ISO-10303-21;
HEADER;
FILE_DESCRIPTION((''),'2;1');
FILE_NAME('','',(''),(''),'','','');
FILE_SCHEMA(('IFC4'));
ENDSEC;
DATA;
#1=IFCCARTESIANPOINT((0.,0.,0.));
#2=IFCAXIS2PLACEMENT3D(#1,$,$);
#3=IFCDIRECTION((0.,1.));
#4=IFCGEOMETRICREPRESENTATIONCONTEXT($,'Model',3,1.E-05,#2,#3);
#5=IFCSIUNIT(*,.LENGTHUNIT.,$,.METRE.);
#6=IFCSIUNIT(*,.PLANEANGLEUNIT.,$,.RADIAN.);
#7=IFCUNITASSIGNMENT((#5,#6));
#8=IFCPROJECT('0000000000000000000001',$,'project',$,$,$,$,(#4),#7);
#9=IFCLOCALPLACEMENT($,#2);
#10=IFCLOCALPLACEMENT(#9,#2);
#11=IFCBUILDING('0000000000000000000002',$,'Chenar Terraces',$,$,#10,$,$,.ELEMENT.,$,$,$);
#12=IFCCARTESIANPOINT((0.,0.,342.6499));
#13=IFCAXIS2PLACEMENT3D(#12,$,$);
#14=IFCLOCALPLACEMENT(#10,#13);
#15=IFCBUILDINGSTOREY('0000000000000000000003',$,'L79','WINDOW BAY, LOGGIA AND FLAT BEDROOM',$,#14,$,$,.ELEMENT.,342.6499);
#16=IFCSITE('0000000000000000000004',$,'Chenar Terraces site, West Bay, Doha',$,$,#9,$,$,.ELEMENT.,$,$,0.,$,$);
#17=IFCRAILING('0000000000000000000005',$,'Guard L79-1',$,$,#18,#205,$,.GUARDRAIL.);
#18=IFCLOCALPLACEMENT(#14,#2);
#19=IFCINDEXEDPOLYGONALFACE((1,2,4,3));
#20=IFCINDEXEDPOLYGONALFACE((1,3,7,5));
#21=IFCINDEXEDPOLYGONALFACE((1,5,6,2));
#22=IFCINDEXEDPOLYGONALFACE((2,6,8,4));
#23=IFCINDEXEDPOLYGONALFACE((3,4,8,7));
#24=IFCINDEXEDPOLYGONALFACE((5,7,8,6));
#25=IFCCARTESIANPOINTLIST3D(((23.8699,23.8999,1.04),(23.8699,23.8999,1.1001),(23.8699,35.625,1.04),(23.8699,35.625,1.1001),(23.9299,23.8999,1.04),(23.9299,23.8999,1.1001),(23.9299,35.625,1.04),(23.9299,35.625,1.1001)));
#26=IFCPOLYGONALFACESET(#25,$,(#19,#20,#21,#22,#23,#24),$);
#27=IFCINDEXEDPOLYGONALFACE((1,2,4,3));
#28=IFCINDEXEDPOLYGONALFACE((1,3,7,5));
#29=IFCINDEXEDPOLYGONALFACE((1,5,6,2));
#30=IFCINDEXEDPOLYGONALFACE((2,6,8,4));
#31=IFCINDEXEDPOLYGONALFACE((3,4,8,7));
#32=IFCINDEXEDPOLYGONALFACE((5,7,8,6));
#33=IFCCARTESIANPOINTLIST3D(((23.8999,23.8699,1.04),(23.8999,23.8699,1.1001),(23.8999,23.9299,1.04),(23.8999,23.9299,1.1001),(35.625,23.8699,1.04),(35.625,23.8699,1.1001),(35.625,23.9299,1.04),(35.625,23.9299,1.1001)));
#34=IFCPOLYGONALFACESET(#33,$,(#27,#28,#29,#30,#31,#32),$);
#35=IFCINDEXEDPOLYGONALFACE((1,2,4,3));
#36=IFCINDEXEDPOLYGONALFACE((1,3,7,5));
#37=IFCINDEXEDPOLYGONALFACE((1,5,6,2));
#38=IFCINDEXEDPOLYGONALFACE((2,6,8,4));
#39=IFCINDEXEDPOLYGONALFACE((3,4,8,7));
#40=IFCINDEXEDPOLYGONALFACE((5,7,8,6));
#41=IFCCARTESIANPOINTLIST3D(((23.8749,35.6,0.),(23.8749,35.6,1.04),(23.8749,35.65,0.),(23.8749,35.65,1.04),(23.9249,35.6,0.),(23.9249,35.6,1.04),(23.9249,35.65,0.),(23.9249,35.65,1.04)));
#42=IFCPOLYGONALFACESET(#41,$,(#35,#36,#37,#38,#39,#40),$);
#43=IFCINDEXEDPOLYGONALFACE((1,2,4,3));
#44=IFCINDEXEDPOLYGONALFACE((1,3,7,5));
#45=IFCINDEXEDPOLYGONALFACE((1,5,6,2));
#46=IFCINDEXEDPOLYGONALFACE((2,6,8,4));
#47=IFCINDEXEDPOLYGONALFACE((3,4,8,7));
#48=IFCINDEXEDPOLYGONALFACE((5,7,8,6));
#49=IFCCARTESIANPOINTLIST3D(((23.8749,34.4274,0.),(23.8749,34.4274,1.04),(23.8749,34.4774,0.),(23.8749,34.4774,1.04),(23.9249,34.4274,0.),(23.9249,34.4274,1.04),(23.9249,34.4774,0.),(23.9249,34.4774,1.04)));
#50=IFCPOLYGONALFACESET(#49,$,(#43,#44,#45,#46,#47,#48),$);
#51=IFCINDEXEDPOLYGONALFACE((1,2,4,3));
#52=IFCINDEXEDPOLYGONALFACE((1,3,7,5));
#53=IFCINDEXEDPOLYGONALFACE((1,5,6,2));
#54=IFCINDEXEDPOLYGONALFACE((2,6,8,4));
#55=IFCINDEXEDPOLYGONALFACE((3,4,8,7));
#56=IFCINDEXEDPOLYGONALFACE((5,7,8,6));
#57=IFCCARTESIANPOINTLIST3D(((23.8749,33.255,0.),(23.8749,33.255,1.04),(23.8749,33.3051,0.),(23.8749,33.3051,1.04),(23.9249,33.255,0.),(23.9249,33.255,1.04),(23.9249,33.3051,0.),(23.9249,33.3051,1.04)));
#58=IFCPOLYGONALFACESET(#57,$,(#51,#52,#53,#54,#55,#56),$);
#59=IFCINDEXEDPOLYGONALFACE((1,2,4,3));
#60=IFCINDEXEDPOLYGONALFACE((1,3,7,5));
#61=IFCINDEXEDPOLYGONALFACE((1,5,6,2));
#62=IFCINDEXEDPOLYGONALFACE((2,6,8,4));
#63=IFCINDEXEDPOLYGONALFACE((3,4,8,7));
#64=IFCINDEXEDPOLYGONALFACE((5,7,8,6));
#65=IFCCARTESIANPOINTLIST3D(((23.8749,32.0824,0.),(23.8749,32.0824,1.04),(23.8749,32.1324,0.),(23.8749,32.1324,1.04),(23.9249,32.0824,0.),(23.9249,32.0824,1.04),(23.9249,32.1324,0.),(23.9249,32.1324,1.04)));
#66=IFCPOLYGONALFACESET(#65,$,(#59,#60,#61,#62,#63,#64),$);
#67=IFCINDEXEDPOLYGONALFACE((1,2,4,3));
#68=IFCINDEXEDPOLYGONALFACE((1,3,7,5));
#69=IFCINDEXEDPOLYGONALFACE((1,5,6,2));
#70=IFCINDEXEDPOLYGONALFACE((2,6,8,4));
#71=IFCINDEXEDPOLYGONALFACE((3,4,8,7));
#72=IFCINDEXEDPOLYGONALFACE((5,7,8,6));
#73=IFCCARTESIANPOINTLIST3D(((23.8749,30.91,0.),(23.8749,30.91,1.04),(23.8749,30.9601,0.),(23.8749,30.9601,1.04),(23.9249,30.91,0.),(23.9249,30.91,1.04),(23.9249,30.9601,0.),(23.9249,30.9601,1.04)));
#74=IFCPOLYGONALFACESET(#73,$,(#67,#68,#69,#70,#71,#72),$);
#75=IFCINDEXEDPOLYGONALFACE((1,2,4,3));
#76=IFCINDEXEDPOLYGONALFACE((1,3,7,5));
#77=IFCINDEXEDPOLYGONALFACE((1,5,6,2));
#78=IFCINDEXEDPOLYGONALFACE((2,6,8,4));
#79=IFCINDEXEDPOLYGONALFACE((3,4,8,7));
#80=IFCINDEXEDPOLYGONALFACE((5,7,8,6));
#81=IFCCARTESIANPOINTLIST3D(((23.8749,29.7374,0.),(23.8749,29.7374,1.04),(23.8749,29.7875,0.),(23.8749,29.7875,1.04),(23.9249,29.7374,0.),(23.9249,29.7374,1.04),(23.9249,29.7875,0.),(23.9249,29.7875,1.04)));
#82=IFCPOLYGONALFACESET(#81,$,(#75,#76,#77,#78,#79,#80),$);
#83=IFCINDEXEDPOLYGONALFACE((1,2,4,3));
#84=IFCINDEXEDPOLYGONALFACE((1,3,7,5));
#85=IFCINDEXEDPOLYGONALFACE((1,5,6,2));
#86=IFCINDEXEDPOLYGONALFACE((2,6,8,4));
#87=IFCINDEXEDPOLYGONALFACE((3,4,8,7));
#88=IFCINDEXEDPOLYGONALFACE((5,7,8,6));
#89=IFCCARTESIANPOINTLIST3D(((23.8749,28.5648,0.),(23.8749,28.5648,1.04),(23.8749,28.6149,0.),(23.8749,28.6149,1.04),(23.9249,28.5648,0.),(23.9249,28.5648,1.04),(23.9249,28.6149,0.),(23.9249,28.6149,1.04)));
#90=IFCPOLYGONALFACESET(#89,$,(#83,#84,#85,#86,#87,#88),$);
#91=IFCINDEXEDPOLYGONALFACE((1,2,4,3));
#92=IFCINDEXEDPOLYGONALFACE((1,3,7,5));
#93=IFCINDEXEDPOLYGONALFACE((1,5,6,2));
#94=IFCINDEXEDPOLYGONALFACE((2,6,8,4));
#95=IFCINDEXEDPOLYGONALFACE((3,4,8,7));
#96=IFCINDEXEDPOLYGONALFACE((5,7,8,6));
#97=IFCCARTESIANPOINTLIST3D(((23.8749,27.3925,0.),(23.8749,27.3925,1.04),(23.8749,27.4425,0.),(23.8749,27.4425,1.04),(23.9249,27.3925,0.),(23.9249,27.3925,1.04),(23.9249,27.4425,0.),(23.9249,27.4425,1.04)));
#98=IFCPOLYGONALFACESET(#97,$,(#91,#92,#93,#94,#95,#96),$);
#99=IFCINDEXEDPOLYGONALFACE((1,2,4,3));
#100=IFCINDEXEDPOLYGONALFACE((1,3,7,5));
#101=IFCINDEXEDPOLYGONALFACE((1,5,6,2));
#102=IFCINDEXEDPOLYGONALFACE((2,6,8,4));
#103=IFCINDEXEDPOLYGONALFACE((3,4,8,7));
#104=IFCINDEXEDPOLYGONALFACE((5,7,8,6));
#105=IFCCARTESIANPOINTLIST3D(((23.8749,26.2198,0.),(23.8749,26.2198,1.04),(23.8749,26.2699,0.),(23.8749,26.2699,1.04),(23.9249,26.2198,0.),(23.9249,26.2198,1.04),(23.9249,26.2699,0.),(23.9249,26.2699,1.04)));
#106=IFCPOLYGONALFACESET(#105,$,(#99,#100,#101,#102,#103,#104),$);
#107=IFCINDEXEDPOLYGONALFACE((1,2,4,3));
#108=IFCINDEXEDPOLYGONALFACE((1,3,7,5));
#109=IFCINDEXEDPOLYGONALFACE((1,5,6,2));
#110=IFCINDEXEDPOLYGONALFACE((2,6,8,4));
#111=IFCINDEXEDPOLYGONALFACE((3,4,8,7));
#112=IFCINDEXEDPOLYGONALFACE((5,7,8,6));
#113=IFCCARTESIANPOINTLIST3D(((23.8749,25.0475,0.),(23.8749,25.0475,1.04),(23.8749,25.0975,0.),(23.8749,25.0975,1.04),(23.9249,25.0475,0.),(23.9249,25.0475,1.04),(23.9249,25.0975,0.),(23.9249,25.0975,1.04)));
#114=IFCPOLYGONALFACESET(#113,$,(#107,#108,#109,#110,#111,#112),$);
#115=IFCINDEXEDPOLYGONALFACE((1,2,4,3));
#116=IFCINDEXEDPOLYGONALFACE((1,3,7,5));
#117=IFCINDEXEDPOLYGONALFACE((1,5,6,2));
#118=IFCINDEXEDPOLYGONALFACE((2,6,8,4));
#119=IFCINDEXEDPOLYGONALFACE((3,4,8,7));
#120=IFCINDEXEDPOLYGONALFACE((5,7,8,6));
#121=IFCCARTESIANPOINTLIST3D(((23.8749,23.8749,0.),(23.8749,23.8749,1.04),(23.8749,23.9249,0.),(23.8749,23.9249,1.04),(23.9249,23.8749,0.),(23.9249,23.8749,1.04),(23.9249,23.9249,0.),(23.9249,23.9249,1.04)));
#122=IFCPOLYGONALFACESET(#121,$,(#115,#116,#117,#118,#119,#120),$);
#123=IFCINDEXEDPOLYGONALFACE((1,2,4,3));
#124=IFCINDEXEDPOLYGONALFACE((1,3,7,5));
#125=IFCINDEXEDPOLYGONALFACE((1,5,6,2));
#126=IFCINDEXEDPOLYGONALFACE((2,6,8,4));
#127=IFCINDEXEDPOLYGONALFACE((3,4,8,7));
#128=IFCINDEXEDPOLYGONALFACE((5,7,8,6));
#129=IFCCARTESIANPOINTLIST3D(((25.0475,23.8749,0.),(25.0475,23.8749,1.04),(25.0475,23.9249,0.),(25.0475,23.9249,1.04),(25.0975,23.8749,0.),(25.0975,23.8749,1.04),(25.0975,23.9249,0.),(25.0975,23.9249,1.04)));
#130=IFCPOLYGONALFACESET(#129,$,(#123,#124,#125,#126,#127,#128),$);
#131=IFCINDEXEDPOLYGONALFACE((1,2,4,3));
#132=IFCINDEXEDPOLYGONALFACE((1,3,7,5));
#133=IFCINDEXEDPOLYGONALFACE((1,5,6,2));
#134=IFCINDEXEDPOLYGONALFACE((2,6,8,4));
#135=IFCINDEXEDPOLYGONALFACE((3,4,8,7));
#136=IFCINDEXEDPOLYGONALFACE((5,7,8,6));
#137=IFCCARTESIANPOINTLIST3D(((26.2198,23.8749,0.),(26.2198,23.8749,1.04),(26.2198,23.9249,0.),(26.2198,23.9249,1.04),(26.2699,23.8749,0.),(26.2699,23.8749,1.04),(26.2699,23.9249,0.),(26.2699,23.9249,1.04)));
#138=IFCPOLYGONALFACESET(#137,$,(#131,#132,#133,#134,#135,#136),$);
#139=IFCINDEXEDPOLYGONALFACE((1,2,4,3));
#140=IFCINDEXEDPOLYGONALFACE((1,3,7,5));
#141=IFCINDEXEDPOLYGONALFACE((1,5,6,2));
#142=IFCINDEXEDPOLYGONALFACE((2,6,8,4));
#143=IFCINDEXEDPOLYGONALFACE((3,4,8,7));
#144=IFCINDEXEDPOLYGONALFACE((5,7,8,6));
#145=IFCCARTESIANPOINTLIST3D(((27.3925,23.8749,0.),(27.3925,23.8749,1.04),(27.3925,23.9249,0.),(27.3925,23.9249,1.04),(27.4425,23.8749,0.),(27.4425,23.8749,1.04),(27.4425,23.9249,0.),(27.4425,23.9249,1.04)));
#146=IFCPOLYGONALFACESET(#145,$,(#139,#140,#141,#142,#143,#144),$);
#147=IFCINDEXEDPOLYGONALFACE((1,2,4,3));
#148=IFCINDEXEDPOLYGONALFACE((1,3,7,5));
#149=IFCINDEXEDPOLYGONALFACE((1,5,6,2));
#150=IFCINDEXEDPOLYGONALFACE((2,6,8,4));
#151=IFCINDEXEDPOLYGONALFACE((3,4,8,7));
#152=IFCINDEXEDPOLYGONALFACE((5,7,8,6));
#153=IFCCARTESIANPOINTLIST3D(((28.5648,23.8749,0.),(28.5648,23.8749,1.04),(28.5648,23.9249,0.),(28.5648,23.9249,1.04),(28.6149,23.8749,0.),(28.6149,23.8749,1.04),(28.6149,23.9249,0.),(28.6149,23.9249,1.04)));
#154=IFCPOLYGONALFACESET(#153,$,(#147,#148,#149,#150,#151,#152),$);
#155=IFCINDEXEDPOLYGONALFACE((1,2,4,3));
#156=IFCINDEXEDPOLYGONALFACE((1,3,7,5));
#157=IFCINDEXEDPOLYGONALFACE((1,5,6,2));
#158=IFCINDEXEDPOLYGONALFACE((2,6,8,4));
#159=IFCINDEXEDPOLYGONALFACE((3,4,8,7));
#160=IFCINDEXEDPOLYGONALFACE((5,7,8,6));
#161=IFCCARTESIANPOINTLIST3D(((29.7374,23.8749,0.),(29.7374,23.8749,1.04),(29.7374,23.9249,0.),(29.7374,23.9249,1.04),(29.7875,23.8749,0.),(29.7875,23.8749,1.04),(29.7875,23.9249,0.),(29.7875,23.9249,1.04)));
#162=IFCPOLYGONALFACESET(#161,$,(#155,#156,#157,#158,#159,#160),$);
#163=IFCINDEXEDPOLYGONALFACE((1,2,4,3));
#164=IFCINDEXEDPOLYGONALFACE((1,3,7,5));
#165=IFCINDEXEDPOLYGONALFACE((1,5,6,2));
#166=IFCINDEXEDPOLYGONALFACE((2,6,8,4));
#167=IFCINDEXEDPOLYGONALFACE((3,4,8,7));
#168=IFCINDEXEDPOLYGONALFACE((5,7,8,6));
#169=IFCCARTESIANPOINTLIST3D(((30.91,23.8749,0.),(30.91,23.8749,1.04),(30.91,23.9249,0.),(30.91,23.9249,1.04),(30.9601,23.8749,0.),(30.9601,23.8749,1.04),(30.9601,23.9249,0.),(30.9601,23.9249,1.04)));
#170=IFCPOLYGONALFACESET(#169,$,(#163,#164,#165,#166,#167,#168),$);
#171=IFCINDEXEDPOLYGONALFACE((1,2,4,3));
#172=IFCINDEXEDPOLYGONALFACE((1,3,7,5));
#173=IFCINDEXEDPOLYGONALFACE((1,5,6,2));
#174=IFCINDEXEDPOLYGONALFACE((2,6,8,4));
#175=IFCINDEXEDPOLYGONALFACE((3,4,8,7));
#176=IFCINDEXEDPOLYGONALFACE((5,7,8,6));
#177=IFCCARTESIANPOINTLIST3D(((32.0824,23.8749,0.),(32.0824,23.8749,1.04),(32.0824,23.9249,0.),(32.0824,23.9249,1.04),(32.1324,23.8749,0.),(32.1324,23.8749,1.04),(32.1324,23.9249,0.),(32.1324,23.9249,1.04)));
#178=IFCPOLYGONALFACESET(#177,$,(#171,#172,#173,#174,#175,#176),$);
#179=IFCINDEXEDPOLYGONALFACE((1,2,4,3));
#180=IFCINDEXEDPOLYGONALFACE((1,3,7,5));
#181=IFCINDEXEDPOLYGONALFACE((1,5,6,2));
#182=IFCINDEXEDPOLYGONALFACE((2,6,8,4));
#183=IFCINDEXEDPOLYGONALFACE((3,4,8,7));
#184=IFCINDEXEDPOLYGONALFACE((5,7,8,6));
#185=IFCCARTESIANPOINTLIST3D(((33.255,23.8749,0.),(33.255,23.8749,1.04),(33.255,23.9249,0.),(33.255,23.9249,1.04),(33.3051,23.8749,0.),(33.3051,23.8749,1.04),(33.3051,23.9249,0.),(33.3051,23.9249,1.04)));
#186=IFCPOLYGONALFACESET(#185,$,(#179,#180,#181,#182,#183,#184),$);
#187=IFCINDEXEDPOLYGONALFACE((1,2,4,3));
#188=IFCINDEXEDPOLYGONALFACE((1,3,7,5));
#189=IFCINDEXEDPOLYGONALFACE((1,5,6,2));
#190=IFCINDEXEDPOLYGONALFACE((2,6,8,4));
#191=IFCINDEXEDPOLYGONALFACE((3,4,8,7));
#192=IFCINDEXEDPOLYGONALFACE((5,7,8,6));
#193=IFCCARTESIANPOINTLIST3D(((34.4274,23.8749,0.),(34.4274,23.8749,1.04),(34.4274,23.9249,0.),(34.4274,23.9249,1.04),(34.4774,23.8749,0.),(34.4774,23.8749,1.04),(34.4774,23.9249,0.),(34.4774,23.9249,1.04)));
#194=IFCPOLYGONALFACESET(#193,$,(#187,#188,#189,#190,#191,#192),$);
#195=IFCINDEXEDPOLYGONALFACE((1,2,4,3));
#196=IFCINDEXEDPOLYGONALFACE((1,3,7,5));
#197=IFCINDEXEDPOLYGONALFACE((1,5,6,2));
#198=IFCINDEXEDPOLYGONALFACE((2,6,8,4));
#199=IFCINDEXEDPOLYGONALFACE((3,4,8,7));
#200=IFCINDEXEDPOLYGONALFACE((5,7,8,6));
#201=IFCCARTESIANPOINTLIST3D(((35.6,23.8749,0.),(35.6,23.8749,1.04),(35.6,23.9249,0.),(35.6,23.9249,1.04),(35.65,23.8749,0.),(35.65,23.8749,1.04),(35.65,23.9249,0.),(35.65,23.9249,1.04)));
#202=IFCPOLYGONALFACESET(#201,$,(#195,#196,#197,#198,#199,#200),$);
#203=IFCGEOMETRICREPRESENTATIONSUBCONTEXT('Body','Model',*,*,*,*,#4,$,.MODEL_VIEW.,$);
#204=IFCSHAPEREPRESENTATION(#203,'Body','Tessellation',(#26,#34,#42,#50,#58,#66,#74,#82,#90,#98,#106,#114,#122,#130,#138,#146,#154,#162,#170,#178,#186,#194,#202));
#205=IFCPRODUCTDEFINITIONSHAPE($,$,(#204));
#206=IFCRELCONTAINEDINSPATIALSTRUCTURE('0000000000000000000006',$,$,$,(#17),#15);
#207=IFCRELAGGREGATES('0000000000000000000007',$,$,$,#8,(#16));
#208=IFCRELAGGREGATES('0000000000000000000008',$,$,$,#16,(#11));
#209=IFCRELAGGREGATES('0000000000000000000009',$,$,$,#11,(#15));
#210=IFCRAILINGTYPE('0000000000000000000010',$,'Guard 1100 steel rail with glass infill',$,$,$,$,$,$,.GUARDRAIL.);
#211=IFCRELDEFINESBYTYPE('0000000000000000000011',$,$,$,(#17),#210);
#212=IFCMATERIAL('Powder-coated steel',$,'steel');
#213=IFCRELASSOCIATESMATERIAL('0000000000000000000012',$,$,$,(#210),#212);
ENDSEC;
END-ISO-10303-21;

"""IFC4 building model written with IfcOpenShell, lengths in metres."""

from ifc_helpers import new_model, si_unit, direction, frame, origin, origin_2d, place, context, subcontext, project, spatial, rectangle, extrude, material, type_object, element, save


model = new_model("IFC4")

# Units and contexts
model_context = context("Model", 3, precision=1e-05, world=origin(), true_north=direction((0.0, 1.0)))
body_context = subcontext(model_context, "Body", "Model", "MODEL_VIEW")
ifc_project = project(units=[si_unit("LENGTHUNIT", "METRE"), si_unit("PLANEANGLEUNIT", "RADIAN")], contexts=[model_context])

# Site, building, storey
site_placement = place(None, origin())
site = spatial("IfcSite", under=ifc_project, at=site_placement, Name="Chenar Terraces site, West Bay, Doha", CompositionType="ELEMENT", RefElevation=0.0)
building_placement = place(site_placement, origin())
building = spatial("IfcBuilding", under=site, at=building_placement, Name="Chenar Terraces", CompositionType="ELEMENT")
storey_placement = place(building_placement, frame((0.0, 0.0, 342.6499)))
storey = spatial("IfcBuildingStorey", under=building, at=storey_placement, Name="L79", Description="WINDOW BAY, LOGGIA AND FLAT BEDROOM", CompositionType="ELEMENT", Elevation=342.6499)

# Railing
ifc_material_1 = material(Name="Powder-coated steel", Category="steel")
railing_type_1 = type_object("IfcRailingType", Name="Guard 1100 steel rail with glass infill", PredefinedType="GUARDRAIL", material=ifc_material_1)
railing_1_placement = place(storey_placement, frame((23.8999, 35.625, 0.0)))
element("IfcRailing", 1, at=railing_1_placement, inside=storey, type_object=railing_type_1, Name="Guard L79-1", PredefinedType="GUARDRAIL", context=body_context, shape_type="SweptSolid", body=[
    extrude(rectangle(XDim=0.0601, YDim=0.0601, at=origin_2d()), frame((0.0, 0.0, 1.0701), z_axis=(0.0, -1.0, 0.0), x_axis=(1.0, 0.0, 0.0)), (0.0, 0.0, 1.0), 11.7251),
    extrude(rectangle(XDim=0.0601, YDim=0.0601, at=origin_2d()), frame((0.0, -11.7251, 1.0701), z_axis=(1.0, 0.0, 0.0), x_axis=(0.0, 1.0, 0.0)), (0.0, 0.0, 1.0), 11.7251),
    extrude(rectangle(XDim=0.05, YDim=0.05, at=origin_2d()), origin(), (0.0, 0.0, 1.0), 1.04),
    extrude(rectangle(XDim=0.05, YDim=0.05, at=origin_2d()), frame((0.0, -1.1726, 0.0)), (0.0, 0.0, 1.0), 1.04),
    extrude(rectangle(XDim=0.05, YDim=0.05, at=origin_2d()), frame((0.0, -2.345, 0.0)), (0.0, 0.0, 1.0), 1.04),
    extrude(rectangle(XDim=0.05, YDim=0.05, at=origin_2d()), frame((0.0, -3.5176, 0.0)), (0.0, 0.0, 1.0), 1.04),
    extrude(rectangle(XDim=0.05, YDim=0.05, at=origin_2d()), frame((0.0, -4.6899, 0.0)), (0.0, 0.0, 1.0), 1.04),
    extrude(rectangle(XDim=0.05, YDim=0.05, at=origin_2d()), frame((0.0, -5.8625, 0.0)), (0.0, 0.0, 1.0), 1.04),
    extrude(rectangle(XDim=0.05, YDim=0.05, at=origin_2d()), frame((0.0, -7.0352, 0.0)), (0.0, 0.0, 1.0), 1.04),
    extrude(rectangle(XDim=0.05, YDim=0.05, at=origin_2d()), frame((0.0, -8.2075, 0.0)), (0.0, 0.0, 1.0), 1.04),
    extrude(rectangle(XDim=0.05, YDim=0.05, at=origin_2d()), frame((0.0, -9.3801, 0.0)), (0.0, 0.0, 1.0), 1.04),
    extrude(rectangle(XDim=0.05, YDim=0.05, at=origin_2d()), frame((0.0, -10.5525, 0.0)), (0.0, 0.0, 1.0), 1.04),
    extrude(rectangle(XDim=0.05, YDim=0.05, at=origin_2d()), frame((0.0, -11.7251, 0.0)), (0.0, 0.0, 1.0), 1.04),
    extrude(rectangle(XDim=0.05, YDim=0.05, at=origin_2d()), frame((1.1726, -11.7251, 0.0)), (0.0, 0.0, 1.0), 1.04),
    extrude(rectangle(XDim=0.05, YDim=0.05, at=origin_2d()), frame((2.345, -11.7251, 0.0)), (0.0, 0.0, 1.0), 1.04),
    extrude(rectangle(XDim=0.05, YDim=0.05, at=origin_2d()), frame((3.5176, -11.7251, 0.0)), (0.0, 0.0, 1.0), 1.04),
    extrude(rectangle(XDim=0.05, YDim=0.05, at=origin_2d()), frame((4.6899, -11.7251, 0.0)), (0.0, 0.0, 1.0), 1.04),
    extrude(rectangle(XDim=0.05, YDim=0.05, at=origin_2d()), frame((5.8625, -11.7251, 0.0)), (0.0, 0.0, 1.0), 1.04),
    extrude(rectangle(XDim=0.05, YDim=0.05, at=origin_2d()), frame((7.0352, -11.7251, 0.0)), (0.0, 0.0, 1.0), 1.04),
    extrude(rectangle(XDim=0.05, YDim=0.05, at=origin_2d()), frame((8.2075, -11.7251, 0.0)), (0.0, 0.0, 1.0), 1.04),
    extrude(rectangle(XDim=0.05, YDim=0.05, at=origin_2d()), frame((9.3801, -11.7251, 0.0)), (0.0, 0.0, 1.0), 1.04),
    extrude(rectangle(XDim=0.05, YDim=0.05, at=origin_2d()), frame((10.5525, -11.7251, 0.0)), (0.0, 0.0, 1.0), 1.04),
    extrude(rectangle(XDim=0.05, YDim=0.05, at=origin_2d()), frame((11.7251, -11.7251, 0.0)), (0.0, 0.0, 1.0), 1.04),
])

save(model, "model.ifc")
